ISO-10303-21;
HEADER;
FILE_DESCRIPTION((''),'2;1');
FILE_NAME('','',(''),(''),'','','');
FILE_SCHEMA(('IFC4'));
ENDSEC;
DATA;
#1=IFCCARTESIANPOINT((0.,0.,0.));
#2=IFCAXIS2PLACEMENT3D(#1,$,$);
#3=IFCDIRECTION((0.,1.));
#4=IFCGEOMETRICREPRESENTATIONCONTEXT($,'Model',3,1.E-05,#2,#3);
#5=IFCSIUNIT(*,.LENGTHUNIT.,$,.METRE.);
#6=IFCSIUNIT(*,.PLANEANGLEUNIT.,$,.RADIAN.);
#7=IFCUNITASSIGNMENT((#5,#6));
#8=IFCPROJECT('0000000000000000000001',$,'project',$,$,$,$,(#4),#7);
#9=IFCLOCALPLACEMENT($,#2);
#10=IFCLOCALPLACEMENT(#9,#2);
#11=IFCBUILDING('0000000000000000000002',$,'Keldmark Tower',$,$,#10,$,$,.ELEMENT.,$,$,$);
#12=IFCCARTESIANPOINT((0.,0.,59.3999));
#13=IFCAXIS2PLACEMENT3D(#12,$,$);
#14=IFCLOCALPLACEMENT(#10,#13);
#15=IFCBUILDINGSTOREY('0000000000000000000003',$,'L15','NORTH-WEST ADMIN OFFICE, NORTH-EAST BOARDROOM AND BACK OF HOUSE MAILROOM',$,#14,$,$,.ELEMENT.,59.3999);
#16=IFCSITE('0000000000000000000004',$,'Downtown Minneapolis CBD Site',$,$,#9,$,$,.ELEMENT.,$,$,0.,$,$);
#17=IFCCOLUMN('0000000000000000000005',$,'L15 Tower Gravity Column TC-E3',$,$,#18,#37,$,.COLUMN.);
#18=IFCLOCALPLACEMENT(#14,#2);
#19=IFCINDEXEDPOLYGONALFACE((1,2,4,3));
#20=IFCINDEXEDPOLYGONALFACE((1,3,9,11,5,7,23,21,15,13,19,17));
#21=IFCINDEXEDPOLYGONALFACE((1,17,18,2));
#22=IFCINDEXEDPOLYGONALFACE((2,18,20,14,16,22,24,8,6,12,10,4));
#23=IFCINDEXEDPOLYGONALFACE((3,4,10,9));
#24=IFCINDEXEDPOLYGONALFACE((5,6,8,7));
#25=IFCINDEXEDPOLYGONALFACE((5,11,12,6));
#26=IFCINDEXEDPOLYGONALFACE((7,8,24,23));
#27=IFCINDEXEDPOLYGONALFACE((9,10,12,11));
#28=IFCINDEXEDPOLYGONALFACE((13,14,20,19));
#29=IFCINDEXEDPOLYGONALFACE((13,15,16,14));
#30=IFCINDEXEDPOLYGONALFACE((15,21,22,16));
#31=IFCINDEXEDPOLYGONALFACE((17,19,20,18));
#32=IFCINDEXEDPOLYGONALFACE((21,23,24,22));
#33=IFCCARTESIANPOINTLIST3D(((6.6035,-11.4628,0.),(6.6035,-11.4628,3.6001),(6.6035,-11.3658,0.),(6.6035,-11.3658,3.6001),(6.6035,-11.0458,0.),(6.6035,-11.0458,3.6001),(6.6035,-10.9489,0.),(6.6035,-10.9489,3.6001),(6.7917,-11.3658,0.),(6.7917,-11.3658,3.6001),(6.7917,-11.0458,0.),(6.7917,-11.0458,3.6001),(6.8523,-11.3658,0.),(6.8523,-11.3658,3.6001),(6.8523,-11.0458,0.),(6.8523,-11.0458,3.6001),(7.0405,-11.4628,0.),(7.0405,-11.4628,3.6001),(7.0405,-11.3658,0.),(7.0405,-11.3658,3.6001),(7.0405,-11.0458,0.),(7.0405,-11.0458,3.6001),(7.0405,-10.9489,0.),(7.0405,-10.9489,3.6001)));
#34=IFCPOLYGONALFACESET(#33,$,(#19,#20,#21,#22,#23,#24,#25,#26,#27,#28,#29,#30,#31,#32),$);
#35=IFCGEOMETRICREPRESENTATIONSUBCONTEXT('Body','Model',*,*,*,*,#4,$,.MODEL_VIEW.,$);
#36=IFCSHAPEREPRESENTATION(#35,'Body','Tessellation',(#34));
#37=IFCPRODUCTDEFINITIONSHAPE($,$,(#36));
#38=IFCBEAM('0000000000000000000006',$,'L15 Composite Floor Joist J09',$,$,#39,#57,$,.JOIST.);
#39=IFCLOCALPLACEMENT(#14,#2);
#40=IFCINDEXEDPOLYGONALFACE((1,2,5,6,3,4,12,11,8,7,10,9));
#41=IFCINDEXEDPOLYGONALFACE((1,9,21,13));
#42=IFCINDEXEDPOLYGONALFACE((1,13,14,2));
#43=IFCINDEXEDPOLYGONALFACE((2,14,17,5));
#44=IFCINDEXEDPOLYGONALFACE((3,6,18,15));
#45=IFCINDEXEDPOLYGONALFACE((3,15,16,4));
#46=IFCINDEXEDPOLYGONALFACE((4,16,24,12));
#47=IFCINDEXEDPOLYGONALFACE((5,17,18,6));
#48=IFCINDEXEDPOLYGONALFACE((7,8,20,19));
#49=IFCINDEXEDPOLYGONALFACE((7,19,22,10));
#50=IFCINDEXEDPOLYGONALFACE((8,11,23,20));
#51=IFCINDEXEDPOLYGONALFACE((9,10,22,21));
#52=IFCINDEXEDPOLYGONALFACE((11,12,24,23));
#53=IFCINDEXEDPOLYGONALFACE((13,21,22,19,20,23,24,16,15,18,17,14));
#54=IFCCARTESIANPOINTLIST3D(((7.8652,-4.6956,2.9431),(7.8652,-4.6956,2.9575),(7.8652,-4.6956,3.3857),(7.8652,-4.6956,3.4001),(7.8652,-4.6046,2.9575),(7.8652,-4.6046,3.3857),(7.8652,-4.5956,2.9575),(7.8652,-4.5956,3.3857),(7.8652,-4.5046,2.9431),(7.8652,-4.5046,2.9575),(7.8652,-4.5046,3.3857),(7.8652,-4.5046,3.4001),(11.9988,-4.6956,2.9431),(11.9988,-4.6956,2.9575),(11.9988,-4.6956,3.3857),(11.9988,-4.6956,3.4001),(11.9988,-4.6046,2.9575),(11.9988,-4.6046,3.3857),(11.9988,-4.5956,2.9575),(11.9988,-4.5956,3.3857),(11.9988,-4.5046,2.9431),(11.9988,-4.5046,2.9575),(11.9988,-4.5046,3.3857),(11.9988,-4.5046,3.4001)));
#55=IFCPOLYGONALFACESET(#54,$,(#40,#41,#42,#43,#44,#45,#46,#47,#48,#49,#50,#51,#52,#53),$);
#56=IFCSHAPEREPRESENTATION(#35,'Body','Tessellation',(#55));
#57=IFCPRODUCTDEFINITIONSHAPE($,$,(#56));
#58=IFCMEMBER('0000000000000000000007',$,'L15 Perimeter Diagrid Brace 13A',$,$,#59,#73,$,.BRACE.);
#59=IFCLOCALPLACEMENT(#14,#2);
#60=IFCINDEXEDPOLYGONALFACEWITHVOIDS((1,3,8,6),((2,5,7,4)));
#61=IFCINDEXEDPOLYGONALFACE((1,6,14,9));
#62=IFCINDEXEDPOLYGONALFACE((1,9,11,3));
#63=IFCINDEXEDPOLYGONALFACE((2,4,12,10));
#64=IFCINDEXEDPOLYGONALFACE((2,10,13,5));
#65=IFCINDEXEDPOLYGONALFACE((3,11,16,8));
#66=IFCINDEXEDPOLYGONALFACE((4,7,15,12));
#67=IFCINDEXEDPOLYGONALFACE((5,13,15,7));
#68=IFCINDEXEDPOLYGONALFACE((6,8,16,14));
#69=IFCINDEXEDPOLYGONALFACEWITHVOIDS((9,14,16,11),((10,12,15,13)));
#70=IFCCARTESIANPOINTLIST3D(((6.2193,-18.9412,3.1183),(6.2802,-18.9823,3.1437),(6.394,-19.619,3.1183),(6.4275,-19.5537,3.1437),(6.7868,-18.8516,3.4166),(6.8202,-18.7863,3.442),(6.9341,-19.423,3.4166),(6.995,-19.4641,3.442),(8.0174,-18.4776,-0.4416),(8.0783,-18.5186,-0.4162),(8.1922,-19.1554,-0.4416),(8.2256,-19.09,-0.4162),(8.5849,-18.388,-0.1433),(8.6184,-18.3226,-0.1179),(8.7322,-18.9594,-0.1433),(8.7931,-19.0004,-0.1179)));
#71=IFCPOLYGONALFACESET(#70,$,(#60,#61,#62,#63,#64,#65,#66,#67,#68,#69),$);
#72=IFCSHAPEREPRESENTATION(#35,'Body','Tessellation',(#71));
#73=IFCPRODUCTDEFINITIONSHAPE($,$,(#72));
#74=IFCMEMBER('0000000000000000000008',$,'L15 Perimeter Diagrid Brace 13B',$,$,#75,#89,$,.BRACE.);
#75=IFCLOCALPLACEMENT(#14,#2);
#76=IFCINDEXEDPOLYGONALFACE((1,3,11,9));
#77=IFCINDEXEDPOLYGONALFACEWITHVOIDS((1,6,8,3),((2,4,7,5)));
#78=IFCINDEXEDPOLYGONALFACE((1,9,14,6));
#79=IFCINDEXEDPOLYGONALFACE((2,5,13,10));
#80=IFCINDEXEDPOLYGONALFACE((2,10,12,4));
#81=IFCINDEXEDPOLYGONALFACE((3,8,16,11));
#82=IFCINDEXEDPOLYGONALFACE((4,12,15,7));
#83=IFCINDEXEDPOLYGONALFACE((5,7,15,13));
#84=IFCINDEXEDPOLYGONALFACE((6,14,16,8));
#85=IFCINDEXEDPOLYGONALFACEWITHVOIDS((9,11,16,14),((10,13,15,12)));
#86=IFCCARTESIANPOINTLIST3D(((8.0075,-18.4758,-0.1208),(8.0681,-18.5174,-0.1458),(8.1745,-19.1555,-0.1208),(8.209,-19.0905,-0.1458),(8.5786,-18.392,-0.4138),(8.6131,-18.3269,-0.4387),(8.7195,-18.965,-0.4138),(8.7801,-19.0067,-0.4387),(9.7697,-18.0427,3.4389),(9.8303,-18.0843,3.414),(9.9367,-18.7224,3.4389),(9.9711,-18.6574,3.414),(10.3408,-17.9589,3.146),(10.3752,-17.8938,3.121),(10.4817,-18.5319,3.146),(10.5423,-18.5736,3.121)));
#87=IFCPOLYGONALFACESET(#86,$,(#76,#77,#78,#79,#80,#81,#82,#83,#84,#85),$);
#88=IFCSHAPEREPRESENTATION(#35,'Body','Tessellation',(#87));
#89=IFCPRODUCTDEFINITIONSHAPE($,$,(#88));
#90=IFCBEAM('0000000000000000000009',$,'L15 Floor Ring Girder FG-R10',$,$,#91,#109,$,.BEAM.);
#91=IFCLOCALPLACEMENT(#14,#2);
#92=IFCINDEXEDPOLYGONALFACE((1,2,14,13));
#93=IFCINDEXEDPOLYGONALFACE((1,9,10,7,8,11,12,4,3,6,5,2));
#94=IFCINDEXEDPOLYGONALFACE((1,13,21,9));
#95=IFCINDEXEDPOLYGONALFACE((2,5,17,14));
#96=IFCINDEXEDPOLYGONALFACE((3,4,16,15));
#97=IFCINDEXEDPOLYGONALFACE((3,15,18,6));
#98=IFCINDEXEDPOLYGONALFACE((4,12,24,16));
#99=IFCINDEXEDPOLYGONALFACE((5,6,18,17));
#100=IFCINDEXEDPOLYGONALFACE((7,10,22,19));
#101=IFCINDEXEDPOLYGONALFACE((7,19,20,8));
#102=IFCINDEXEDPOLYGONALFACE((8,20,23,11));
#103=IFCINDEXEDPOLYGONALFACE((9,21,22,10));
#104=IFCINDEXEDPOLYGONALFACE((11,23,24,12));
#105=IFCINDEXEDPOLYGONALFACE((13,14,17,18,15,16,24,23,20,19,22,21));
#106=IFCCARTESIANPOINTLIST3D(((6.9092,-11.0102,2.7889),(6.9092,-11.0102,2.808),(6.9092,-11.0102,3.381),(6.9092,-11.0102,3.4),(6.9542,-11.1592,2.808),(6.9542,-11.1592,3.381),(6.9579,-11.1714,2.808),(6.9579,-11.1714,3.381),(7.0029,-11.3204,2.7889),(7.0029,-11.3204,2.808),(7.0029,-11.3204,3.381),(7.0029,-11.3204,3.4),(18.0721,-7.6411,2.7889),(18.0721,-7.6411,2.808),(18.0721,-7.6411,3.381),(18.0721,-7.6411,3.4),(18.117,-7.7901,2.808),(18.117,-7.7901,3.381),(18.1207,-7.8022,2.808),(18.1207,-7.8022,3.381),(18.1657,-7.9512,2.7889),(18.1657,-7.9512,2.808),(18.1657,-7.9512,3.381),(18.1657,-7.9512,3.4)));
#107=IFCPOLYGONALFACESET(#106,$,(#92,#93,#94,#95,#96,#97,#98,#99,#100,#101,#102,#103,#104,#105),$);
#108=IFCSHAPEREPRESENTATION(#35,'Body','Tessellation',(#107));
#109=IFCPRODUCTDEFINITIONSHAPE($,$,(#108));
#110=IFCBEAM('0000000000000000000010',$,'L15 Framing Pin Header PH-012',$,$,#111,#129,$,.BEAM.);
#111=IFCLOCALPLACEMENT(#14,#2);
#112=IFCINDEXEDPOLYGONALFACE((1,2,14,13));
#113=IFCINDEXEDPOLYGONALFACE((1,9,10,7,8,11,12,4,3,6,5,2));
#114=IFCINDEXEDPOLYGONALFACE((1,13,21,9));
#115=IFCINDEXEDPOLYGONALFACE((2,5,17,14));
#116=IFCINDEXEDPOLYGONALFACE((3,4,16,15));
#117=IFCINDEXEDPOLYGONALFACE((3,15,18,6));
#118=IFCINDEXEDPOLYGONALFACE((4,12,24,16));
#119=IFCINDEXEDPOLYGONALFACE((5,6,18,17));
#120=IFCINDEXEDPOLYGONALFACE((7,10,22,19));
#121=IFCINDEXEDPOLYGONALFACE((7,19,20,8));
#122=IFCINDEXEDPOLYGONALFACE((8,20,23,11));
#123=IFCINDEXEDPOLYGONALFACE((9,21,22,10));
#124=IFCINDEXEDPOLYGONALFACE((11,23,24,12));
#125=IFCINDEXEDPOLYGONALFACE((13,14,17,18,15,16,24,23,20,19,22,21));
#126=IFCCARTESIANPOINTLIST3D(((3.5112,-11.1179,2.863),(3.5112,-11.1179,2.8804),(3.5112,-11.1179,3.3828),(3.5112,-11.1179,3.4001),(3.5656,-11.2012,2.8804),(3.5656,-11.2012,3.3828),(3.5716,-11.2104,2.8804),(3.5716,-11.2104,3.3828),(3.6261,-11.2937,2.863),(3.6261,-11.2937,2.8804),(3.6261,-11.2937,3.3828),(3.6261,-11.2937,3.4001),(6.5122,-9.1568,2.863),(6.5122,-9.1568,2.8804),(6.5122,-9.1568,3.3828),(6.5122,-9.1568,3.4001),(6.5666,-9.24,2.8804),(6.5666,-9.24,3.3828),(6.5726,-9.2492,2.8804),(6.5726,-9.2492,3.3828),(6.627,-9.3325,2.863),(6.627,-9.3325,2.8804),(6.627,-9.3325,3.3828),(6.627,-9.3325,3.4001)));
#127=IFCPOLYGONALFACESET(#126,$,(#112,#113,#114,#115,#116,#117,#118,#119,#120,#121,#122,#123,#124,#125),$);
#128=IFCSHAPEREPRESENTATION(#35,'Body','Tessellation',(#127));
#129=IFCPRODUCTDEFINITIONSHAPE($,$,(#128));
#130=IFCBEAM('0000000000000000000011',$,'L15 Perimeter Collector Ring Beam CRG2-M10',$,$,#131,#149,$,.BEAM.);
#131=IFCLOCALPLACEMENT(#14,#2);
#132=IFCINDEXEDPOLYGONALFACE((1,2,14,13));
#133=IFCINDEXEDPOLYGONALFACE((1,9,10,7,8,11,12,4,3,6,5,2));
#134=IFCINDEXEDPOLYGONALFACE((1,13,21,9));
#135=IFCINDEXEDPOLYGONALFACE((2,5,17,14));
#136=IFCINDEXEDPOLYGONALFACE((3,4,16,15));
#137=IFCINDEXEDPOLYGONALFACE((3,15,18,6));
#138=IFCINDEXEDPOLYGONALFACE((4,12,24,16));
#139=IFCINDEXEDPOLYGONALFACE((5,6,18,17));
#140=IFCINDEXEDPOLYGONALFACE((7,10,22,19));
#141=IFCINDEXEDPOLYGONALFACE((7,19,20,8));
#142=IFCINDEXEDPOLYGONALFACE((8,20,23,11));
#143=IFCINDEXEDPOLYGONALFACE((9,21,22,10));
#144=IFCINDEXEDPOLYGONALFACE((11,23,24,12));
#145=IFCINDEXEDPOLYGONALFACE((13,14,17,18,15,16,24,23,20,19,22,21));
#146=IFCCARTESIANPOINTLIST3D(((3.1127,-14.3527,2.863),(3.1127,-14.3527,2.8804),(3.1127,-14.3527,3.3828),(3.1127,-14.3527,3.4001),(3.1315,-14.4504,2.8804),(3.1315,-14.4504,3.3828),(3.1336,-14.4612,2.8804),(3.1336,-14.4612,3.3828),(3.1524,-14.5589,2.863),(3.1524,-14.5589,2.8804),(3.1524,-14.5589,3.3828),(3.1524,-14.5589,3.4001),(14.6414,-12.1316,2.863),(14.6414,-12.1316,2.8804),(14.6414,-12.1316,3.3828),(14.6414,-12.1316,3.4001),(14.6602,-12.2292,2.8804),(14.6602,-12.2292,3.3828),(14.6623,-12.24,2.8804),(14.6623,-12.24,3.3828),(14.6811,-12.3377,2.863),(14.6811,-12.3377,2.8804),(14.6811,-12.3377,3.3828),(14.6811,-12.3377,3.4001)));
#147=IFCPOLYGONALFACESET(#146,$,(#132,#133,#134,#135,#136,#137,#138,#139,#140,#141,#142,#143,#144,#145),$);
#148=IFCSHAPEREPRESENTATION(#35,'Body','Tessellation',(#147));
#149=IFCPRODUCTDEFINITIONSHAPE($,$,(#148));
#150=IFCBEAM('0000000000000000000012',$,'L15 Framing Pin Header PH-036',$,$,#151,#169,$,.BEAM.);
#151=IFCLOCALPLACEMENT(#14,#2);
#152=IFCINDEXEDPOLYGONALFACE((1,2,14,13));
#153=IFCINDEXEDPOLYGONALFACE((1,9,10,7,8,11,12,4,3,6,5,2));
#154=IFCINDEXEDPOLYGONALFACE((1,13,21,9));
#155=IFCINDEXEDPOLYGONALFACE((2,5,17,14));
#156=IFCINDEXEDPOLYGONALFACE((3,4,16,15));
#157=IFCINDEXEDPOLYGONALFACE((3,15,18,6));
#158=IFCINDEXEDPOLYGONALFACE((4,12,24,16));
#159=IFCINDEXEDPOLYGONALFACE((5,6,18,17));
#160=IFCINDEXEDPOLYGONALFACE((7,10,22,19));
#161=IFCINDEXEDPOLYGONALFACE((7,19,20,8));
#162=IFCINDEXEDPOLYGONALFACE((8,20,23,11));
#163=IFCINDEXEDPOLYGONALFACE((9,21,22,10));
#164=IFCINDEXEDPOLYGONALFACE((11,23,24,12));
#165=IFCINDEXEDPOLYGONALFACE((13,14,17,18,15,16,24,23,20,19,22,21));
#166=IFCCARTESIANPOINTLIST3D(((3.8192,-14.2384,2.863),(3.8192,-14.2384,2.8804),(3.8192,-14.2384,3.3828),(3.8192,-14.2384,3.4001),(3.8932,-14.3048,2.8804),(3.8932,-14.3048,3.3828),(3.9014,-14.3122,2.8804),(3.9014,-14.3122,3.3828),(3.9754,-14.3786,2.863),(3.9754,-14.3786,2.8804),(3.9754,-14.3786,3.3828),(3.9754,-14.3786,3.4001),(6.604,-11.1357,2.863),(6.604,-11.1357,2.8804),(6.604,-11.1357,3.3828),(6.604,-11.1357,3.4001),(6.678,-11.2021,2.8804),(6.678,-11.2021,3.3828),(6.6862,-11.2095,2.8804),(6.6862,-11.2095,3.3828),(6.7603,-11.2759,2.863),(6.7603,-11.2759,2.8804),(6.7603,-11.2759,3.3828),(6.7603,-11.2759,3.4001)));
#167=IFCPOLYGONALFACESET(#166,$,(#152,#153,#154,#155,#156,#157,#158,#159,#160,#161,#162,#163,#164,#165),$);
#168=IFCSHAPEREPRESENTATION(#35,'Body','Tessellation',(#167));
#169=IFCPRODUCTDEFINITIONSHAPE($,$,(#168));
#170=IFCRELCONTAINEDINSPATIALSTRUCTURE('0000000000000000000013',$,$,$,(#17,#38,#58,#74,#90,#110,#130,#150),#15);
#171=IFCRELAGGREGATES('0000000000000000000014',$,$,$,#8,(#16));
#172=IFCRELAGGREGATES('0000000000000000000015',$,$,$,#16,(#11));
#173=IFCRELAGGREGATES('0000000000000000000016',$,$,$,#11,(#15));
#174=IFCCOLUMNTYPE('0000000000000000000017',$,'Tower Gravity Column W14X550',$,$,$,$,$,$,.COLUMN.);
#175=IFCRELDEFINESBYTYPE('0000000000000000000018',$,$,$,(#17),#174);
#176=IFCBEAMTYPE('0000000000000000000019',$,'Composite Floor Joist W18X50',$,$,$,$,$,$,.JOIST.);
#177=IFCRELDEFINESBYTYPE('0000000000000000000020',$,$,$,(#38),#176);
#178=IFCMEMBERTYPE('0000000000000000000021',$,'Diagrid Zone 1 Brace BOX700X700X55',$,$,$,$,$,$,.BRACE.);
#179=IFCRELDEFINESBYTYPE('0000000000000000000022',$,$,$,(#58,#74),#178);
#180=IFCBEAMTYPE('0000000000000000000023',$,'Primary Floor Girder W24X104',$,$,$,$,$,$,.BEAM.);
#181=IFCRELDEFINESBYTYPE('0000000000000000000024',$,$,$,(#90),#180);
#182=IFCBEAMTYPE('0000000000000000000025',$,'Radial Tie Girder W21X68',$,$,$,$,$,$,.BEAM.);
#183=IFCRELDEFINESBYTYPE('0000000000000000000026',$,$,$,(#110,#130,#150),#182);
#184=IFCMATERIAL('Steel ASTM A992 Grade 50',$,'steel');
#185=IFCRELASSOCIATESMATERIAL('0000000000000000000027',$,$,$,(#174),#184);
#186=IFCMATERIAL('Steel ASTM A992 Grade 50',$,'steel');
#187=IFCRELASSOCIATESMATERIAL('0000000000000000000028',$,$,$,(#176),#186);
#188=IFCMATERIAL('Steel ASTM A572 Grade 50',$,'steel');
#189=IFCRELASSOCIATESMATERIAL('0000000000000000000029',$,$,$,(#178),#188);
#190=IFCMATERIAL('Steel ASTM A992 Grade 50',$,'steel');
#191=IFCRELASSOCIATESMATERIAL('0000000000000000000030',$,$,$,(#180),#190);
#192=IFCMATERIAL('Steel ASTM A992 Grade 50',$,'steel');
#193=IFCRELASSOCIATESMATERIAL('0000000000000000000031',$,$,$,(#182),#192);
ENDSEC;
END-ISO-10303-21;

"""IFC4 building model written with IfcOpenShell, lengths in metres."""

from ifc_helpers import new_model, si_unit, direction, frame, origin, origin_2d, place, context, subcontext, project, spatial, hollow_rectangle, i_section, extrude, material, material_profile, profile_set, type_object, element, save


model = new_model("IFC4")

# Units and contexts
model_context = context("Model", 3, precision=1e-05, world=origin(), true_north=direction((0.0, 1.0)))
body_context = subcontext(model_context, "Body", "Model", "MODEL_VIEW")
ifc_project = project(units=[si_unit("LENGTHUNIT", "METRE"), si_unit("PLANEANGLEUNIT", "RADIAN")], contexts=[model_context])

# Site, building, storey
site_placement = place(None, origin())
site = spatial("IfcSite", under=ifc_project, at=site_placement, Name="Downtown Minneapolis CBD Site", CompositionType="ELEMENT", RefElevation=0.0)
building_placement = place(site_placement, origin())
building = spatial("IfcBuilding", under=site, at=building_placement, Name="Keldmark Tower", CompositionType="ELEMENT")
storey_placement = place(building_placement, frame((0.0, 0.0, 59.3999)))
storey = spatial("IfcBuildingStorey", under=building, at=storey_placement, Name="L15", Description="NORTH-WEST ADMIN OFFICE, NORTH-EAST BOARDROOM AND BACK OF HOUSE MAILROOM", CompositionType="ELEMENT", Elevation=59.3999)

# Column
ifc_material_1 = material(Name="Steel ASTM A992 Grade 50", Category="steel")
ifc_material_profile_1 = material_profile(ifc_material_1, i_section(OverallWidth=0.437, OverallDepth=0.5139, WebThickness=0.0605, FlangeThickness=0.0969, at=origin_2d()), Name="W14X550")
ifc_profile_set_1 = profile_set([ifc_material_profile_1], Name="Steel ASTM A992 Grade 50")
column_type = type_object("IfcColumnType", Name="Tower Gravity Column W14X550", PredefinedType="COLUMN", material=ifc_profile_set_1)
column_placement = place(storey_placement, frame((6.822, -11.2058, 0.0), z_axis=(0.0, 0.0, 1.0), x_axis=(1.0, 0.0, 0.0)))
element("IfcColumn", 1, at=column_placement, inside=storey, type_object=column_type, Name="L15 Tower Gravity Column TC-E3", PredefinedType="COLUMN", context=body_context, shape_type="SweptSolid", body=[
    extrude(i_section(OverallWidth=0.437, OverallDepth=0.5139, WebThickness=0.0605, FlangeThickness=0.0969, at=origin_2d()), origin(), (0.0, 0.0, 1.0), 3.6001),
])

# Beam
ifc_material_2 = material(Name="Steel ASTM A992 Grade 50", Category="steel")
ifc_material_profile_2 = material_profile(ifc_material_2, i_section(OverallWidth=0.1909, OverallDepth=0.457, WebThickness=0.009, FlangeThickness=0.0144, at=origin_2d()), Name="W18X50")
ifc_profile_set_2 = profile_set([ifc_material_profile_2], Name="Steel ASTM A992 Grade 50")
beam_type_1 = type_object("IfcBeamType", Name="Composite Floor Joist W18X50", PredefinedType="JOIST", material=ifc_profile_set_2)
beam_1_placement = place(storey_placement, frame((7.8652, -4.6001, 3.1716), z_axis=(1.0, 0.0, 0.0), x_axis=(0.0, 1.0, 0.0)))
element("IfcBeam", 2, at=beam_1_placement, inside=storey, type_object=beam_type_1, Name="L15 Composite Floor Joist J09", PredefinedType="JOIST", context=body_context, shape_type="SweptSolid", body=[
    extrude(i_section(OverallWidth=0.1909, OverallDepth=0.457, WebThickness=0.009, FlangeThickness=0.0144, at=origin_2d()), origin(), (0.0, 0.0, 1.0), 4.1335),
])

# Members
ifc_material_3 = material(Name="Steel ASTM A572 Grade 50", Category="steel")
ifc_material_profile_3 = material_profile(ifc_material_3, hollow_rectangle(XDim=0.7, YDim=0.7, WallThickness=0.0549, at=origin_2d()), Name="BOX700X700X55")
ifc_profile_set_3 = profile_set([ifc_material_profile_3], Name="Steel ASTM A572 Grade 50")
member_type = type_object("IfcMemberType", Name="Diagrid Zone 1 Brace BOX700X700X55", PredefinedType="BRACE", material=ifc_profile_set_3)
member_1_placement = place(storey_placement, frame((8.4053, -18.739, -0.2798), z_axis=(-0.447842, -0.115472, 0.886625), x_axis=(0.249675, -0.96833, 0.0)))
element("IfcMember", 3, at=member_1_placement, inside=storey, type_object=member_type, Name="L15 Perimeter Diagrid Brace 13A", PredefinedType="BRACE", context=body_context, shape_type="SweptSolid", body=[
    extrude(hollow_rectangle(XDim=0.7, YDim=0.7, WallThickness=0.0549, at=origin_2d()), origin(), (0.0, 0.0, 1.0), 4.0151),
])
member_2_placement = place(storey_placement, frame((8.3938, -18.7412, -0.2798), z_axis=(0.441031, 0.108394, 0.890922), x_axis=(-0.238672, 0.9711, 0.0)))
element("IfcMember", 4, at=member_2_placement, inside=storey, type_object=member_type, Name="L15 Perimeter Diagrid Brace 13B", PredefinedType="BRACE", context=body_context, shape_type="SweptSolid", body=[
    extrude(hollow_rectangle(XDim=0.7, YDim=0.7, WallThickness=0.0549, at=origin_2d()), origin(), (0.0, 0.0, 1.0), 3.9956),
])

# Beams
ifc_material_4 = material(Name="Steel ASTM A992 Grade 50", Category="steel")
ifc_material_profile_4 = material_profile(ifc_material_4, i_section(OverallWidth=0.324, OverallDepth=0.6111, WebThickness=0.0127, FlangeThickness=0.019, at=origin_2d()), Name="W24X104")
ifc_profile_set_4 = profile_set([ifc_material_profile_4], Name="Steel ASTM A992 Grade 50")
beam_type_2 = type_object("IfcBeamType", Name="Primary Floor Girder W24X104", PredefinedType="BEAM", material=ifc_profile_set_4)
beam_2_placement = place(storey_placement, frame((6.9561, -11.1653, 3.0945), z_axis=(0.957346, 0.288944, 0.0), x_axis=(-0.288944, 0.957346, 0.0)))
element("IfcBeam", 5, at=beam_2_placement, inside=storey, type_object=beam_type_2, Name="L15 Floor Ring Girder FG-R10", PredefinedType="BEAM", context=body_context, shape_type="SweptSolid", body=[
    extrude(i_section(OverallWidth=0.324, OverallDepth=0.6111, WebThickness=0.0127, FlangeThickness=0.019, at=origin_2d()), origin(), (0.0, 0.0, 1.0), 11.6602),
])
ifc_material_5 = material(Name="Steel ASTM A992 Grade 50", Category="steel")
ifc_material_profile_5 = material_profile(ifc_material_5, i_section(OverallWidth=0.21, OverallDepth=0.5371, WebThickness=0.011, FlangeThickness=0.0173, at=origin_2d()), Name="W21X68")
ifc_profile_set_5 = profile_set([ifc_material_profile_5], Name="Steel ASTM A992 Grade 50")
beam_type_3 = type_object("IfcBeamType", Name="Radial Tie Girder W21X68", PredefinedType="BEAM", material=ifc_profile_set_5)
beam_3_placement = place(storey_placement, frame((6.5696, -9.2446, 3.1316), z_axis=(-0.837097, -0.547055, 0.0), x_axis=(0.547055, -0.837097, 0.0)))
element("IfcBeam", 6, at=beam_3_placement, inside=storey, type_object=beam_type_3, Name="L15 Framing Pin Header PH-012", PredefinedType="BEAM", context=body_context, shape_type="SweptSolid", body=[
    extrude(i_section(OverallWidth=0.21, OverallDepth=0.5371, WebThickness=0.011, FlangeThickness=0.0173, at=origin_2d()), origin(), (0.0, 0.0, 1.0), 3.585),
])
beam_4_placement = place(storey_placement, frame((3.1326, -14.4558, 3.1316), z_axis=(0.981941, 0.189185, 0.0), x_axis=(-0.189185, 0.981941, 0.0)))
element("IfcBeam", 7, at=beam_4_placement, inside=storey, type_object=beam_type_3, Name="L15 Perimeter Collector Ring Beam CRG2-M10", PredefinedType="BEAM", context=body_context, shape_type="SweptSolid", body=[
    extrude(i_section(OverallWidth=0.21, OverallDepth=0.5371, WebThickness=0.011, FlangeThickness=0.0173, at=origin_2d()), origin(), (0.0, 0.0, 1.0), 11.7407),
])
beam_5_placement = place(storey_placement, frame((6.6821, -11.2058, 3.1316), z_axis=(-0.667958, -0.744199, 0.0), x_axis=(0.744199, -0.667958, 0.0)))
element("IfcBeam", 8, at=beam_5_placement, inside=storey, type_object=beam_type_3, Name="L15 Framing Pin Header PH-036", PredefinedType="BEAM", context=body_context, shape_type="SweptSolid", body=[
    extrude(i_section(OverallWidth=0.21, OverallDepth=0.5371, WebThickness=0.011, FlangeThickness=0.0173, at=origin_2d()), origin(), (0.0, 0.0, 1.0), 4.1692),
])

save(model, "model.ifc")
